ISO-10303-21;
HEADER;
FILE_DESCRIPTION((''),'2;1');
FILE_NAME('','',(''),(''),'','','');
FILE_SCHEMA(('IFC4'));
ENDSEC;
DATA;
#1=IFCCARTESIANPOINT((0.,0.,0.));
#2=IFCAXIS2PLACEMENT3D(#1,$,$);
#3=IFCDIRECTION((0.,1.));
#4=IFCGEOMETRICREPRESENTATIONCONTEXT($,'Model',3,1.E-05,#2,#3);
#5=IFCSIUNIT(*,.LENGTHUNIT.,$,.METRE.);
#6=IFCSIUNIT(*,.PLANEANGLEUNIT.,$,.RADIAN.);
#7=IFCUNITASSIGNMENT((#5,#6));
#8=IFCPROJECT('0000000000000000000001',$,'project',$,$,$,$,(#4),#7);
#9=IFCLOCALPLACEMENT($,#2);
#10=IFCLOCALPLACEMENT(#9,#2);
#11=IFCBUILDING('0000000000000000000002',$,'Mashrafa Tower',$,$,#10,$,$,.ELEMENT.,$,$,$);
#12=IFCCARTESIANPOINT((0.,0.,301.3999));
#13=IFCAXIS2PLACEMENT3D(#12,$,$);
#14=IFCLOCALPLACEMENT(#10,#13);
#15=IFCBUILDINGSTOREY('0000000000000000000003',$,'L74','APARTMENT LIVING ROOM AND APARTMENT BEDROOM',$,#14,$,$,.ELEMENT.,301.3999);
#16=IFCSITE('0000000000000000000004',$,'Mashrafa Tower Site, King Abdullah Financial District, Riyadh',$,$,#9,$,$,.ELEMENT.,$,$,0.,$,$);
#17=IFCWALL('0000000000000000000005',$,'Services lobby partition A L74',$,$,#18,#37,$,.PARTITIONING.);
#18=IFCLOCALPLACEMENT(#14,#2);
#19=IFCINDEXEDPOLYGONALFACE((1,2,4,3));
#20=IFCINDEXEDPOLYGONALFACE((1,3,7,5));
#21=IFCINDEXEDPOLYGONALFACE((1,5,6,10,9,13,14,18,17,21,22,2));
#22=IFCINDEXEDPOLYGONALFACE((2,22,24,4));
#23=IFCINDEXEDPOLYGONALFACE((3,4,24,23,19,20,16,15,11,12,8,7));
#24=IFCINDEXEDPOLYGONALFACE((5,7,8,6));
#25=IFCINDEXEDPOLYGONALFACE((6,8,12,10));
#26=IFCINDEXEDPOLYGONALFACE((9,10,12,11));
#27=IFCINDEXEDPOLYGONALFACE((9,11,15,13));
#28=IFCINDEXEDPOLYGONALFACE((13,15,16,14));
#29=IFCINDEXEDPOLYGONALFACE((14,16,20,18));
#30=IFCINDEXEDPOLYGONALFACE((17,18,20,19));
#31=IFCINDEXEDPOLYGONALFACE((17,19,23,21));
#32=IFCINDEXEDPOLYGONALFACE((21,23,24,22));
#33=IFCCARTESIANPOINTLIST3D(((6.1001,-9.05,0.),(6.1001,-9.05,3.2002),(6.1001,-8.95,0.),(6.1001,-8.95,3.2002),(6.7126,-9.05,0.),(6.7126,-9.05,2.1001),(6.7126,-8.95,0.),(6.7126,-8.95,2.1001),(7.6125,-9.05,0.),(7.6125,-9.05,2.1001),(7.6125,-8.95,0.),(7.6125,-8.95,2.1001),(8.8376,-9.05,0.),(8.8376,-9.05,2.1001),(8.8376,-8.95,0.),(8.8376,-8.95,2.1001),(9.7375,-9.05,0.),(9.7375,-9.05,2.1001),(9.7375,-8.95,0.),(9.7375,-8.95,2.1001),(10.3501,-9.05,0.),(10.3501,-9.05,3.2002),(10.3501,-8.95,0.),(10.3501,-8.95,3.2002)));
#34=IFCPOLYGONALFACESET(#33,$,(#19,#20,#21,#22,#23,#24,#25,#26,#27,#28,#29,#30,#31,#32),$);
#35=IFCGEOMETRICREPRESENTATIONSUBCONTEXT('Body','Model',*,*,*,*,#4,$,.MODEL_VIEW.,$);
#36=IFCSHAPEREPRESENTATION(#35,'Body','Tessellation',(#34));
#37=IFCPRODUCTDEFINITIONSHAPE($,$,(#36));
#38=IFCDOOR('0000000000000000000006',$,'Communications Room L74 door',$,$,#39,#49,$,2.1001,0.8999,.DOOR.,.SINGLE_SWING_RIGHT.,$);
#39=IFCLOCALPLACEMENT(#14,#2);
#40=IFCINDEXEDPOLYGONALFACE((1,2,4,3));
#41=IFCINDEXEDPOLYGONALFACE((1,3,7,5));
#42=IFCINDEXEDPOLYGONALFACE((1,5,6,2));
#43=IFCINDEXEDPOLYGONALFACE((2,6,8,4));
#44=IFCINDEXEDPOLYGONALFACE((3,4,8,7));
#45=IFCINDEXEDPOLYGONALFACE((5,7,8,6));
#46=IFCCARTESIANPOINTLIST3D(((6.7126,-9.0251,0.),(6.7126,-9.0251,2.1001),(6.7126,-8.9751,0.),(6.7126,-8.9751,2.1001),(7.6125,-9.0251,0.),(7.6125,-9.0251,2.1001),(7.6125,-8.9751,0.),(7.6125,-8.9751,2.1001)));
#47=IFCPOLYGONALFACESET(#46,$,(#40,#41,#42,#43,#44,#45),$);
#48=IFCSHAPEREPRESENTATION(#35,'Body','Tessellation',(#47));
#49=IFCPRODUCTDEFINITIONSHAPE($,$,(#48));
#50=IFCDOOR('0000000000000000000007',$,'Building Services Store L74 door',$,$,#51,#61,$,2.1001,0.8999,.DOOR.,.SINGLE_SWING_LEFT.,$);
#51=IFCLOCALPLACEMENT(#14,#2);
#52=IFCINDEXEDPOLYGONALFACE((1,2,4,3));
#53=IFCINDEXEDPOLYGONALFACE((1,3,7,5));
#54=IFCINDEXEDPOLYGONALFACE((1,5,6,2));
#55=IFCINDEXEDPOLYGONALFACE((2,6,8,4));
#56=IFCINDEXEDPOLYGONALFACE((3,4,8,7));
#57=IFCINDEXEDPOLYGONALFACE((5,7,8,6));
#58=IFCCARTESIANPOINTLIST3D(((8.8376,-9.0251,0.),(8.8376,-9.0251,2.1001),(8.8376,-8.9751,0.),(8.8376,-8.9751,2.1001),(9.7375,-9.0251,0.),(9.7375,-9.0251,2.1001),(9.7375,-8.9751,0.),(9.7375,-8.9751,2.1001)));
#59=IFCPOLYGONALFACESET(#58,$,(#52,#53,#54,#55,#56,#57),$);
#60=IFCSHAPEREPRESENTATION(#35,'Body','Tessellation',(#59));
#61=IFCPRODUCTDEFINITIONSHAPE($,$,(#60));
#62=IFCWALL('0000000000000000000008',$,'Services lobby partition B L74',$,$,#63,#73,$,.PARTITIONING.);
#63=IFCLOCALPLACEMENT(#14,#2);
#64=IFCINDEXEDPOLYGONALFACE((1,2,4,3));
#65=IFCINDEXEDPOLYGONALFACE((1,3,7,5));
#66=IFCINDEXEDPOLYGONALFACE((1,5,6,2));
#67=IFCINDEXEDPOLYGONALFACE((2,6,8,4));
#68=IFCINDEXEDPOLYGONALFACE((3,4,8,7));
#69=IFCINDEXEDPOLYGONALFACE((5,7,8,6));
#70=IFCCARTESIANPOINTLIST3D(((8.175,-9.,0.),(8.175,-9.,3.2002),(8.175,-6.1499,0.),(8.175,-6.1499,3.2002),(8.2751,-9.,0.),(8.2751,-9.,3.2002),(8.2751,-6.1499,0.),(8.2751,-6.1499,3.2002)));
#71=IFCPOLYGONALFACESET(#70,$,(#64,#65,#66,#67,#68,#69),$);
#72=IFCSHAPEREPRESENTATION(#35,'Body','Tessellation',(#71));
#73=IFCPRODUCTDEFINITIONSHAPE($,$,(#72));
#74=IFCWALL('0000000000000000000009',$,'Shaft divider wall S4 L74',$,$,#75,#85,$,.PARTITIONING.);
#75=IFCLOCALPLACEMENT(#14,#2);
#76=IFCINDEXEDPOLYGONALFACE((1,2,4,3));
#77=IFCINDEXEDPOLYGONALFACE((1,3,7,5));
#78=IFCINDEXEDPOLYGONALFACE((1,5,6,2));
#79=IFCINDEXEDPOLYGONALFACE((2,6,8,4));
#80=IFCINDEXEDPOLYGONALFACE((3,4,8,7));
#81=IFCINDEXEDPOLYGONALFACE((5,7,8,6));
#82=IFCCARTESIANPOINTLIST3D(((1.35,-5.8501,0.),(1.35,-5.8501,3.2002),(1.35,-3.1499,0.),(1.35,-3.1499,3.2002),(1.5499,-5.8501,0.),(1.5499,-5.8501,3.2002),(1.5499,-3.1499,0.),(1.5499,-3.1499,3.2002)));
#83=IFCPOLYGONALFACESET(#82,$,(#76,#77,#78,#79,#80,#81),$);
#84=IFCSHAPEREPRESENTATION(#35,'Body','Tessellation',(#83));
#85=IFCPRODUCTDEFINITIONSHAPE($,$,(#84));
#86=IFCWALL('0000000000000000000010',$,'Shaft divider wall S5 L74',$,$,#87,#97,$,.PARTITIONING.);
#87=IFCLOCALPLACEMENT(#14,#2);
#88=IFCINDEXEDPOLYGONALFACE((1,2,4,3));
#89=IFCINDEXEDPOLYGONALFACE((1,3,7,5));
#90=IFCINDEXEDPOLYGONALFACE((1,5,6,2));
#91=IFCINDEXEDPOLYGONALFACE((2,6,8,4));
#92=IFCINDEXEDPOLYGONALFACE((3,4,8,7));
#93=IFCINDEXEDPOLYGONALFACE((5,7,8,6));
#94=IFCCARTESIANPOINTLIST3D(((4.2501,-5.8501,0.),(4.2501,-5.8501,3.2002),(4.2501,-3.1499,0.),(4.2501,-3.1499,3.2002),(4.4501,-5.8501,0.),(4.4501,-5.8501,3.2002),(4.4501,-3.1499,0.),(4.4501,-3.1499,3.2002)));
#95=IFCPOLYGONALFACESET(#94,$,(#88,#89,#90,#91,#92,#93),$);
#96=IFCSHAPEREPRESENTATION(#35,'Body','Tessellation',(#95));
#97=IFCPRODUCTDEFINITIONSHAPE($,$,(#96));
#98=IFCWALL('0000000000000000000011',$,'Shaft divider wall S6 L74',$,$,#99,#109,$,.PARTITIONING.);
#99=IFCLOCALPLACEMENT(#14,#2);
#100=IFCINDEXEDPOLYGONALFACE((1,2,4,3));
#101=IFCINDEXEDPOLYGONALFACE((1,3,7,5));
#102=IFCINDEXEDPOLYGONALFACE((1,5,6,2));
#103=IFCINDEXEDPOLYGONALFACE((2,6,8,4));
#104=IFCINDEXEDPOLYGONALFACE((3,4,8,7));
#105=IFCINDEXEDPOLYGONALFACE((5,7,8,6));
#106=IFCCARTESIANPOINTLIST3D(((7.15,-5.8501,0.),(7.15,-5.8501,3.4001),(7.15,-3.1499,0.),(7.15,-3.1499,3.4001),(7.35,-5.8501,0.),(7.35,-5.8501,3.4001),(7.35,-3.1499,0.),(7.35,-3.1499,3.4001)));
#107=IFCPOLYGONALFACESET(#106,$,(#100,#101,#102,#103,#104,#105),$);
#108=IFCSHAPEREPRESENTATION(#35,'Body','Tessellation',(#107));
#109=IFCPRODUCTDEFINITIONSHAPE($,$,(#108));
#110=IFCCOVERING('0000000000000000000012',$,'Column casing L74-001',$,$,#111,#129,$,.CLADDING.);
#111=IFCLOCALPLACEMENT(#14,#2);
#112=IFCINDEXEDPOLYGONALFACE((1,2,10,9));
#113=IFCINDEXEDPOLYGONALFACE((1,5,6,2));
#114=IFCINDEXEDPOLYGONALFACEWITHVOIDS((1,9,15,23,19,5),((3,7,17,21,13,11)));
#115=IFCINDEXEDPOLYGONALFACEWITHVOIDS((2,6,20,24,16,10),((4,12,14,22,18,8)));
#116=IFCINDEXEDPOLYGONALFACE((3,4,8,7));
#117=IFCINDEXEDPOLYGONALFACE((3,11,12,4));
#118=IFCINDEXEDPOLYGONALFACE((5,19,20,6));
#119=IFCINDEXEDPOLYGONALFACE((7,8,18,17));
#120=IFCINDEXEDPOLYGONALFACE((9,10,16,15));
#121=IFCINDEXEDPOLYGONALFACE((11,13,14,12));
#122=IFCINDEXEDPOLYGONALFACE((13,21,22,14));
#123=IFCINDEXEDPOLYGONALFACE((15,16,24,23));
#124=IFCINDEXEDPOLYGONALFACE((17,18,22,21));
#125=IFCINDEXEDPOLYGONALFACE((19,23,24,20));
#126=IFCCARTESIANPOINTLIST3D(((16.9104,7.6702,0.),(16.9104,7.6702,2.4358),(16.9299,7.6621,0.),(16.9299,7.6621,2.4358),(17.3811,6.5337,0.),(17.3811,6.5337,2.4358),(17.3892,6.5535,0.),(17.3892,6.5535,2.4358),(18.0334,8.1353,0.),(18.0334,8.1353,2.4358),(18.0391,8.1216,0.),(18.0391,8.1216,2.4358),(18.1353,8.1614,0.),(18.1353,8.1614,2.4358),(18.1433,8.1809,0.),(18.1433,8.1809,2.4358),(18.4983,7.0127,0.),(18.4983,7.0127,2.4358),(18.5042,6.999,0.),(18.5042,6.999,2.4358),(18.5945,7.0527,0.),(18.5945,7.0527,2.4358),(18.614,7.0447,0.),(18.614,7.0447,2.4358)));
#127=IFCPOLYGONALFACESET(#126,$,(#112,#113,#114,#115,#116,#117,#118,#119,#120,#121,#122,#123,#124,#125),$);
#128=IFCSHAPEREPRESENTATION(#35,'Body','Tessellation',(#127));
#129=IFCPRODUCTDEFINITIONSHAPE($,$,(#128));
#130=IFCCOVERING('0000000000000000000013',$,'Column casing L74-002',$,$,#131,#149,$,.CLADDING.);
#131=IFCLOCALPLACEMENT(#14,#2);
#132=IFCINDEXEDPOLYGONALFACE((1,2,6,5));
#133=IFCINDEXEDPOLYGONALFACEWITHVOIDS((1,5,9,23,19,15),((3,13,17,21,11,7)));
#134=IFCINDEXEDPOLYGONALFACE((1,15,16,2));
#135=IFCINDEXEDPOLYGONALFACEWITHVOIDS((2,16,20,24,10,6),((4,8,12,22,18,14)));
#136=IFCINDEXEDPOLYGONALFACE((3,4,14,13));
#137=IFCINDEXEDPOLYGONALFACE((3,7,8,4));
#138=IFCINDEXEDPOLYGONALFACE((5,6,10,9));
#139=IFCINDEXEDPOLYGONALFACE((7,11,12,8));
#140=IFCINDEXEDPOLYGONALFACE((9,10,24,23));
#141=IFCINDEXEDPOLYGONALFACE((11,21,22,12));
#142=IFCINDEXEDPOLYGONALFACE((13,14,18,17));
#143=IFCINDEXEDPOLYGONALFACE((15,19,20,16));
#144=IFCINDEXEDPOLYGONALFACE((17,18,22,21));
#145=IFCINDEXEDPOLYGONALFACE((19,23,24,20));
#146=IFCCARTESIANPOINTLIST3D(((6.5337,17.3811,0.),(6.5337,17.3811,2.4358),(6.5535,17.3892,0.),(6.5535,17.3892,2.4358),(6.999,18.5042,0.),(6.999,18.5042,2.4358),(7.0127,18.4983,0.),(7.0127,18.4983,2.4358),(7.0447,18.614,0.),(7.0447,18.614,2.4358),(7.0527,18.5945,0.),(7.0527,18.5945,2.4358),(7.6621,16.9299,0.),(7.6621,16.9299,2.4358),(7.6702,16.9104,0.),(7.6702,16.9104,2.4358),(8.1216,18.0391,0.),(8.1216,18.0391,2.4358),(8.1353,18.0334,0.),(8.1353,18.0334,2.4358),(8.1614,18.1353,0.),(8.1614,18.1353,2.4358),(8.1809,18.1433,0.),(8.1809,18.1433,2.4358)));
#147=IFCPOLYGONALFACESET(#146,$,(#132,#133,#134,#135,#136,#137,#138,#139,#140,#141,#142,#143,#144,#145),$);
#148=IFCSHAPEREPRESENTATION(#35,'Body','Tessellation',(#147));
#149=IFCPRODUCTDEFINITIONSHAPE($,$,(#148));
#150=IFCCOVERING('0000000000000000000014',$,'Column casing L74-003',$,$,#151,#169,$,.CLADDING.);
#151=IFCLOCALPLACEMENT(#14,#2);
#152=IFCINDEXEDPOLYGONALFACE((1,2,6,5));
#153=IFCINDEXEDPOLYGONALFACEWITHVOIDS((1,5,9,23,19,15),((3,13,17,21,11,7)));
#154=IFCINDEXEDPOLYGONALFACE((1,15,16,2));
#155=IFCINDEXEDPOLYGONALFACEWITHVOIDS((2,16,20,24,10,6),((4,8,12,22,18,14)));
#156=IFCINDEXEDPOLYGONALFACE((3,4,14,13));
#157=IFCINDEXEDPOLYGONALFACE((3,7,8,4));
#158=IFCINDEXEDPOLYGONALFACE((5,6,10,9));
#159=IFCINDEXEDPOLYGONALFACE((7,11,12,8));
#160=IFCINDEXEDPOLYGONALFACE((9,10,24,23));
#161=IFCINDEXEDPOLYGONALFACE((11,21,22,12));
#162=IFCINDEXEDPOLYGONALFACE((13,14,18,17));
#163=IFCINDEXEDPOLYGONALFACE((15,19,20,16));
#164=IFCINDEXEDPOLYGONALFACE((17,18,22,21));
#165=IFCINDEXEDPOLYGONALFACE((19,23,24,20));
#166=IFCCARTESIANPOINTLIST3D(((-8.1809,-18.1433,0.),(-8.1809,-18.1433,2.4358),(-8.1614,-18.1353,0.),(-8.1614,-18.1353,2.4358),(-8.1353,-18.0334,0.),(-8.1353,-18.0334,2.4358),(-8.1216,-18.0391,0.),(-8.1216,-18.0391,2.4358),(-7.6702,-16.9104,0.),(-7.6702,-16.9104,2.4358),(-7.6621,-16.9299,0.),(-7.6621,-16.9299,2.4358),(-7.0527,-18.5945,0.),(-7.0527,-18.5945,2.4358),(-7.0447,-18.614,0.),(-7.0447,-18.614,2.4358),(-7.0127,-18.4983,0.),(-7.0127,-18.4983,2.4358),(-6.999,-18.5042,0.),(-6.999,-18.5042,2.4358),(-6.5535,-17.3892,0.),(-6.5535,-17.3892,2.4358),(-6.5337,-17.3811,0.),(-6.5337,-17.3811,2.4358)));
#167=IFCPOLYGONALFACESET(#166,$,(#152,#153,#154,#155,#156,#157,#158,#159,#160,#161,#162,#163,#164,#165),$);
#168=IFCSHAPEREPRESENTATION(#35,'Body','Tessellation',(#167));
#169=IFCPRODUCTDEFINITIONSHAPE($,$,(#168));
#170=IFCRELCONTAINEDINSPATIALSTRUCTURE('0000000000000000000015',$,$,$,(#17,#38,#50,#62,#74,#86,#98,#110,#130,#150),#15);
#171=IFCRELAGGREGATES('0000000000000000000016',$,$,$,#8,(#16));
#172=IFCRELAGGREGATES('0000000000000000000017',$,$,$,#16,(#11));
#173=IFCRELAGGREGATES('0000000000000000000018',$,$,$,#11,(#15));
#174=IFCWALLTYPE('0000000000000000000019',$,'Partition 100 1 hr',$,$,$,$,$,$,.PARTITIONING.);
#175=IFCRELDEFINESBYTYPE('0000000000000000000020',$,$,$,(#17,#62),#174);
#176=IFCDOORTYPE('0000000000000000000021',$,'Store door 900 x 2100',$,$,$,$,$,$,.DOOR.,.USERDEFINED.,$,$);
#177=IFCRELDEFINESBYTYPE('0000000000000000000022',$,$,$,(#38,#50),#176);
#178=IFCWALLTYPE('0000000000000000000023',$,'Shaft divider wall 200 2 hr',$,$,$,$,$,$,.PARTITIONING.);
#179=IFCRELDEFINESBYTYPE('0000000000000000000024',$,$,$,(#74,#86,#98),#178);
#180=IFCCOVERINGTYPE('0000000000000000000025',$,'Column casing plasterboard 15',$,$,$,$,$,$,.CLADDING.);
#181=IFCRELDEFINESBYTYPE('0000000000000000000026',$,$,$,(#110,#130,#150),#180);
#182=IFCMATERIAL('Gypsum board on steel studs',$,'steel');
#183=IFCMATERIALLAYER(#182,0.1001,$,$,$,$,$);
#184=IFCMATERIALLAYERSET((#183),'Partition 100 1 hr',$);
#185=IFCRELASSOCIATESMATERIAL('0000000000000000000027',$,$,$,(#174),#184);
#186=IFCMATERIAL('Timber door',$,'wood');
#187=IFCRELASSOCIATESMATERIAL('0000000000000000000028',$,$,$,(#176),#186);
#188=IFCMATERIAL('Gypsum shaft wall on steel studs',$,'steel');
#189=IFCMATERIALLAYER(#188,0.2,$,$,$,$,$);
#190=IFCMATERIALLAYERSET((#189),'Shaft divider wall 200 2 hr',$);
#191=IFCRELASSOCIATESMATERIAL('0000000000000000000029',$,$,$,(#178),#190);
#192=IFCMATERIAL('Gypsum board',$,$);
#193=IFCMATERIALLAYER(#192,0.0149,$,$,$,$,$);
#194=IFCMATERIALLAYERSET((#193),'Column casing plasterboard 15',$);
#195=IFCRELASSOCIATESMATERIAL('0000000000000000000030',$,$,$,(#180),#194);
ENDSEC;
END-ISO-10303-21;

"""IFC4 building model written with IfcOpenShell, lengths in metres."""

from ifc_helpers import new_model, si_unit, direction, frame, frame_2d, origin, place, context, subcontext, project, spatial, polyline, rectangle, outline, extrude, material, layer, layer_set, type_object, element, fill, save


model = new_model("IFC4")

# Units and contexts
model_context = context("Model", 3, precision=1e-05, world=origin(), true_north=direction((0.0, 1.0)))
body_context = subcontext(model_context, "Body", "Model", "MODEL_VIEW")
ifc_project = project(units=[si_unit("LENGTHUNIT", "METRE"), si_unit("PLANEANGLEUNIT", "RADIAN")], contexts=[model_context])

# Site, building, storey
site_placement = place(None, origin())
site = spatial("IfcSite", under=ifc_project, at=site_placement, Name="Mashrafa Tower Site, King Abdullah Financial District, Riyadh", CompositionType="ELEMENT", RefElevation=0.0)
building_placement = place(site_placement, origin())
building = spatial("IfcBuilding", under=site, at=building_placement, Name="Mashrafa Tower", CompositionType="ELEMENT")
storey_placement = place(building_placement, frame((0.0, 0.0, 301.3999)))
storey = spatial("IfcBuildingStorey", under=building, at=storey_placement, Name="L74", Description="APARTMENT LIVING ROOM AND APARTMENT BEDROOM", CompositionType="ELEMENT", Elevation=301.3999)

# Wall, openings, doors
ifc_material_1 = material(Name="Gypsum board on steel studs", Category="steel")
ifc_layer_1 = layer(ifc_material_1, 0.1001)
ifc_layer_set_1 = layer_set([ifc_layer_1], Name="Partition 100 1 hr")
wall_type_1 = type_object("IfcWallType", Name="Partition 100 1 hr", PredefinedType="PARTITIONING", material=ifc_layer_set_1)
wall_1_placement = place(storey_placement, frame((6.1001, -9.0, 0.0), z_axis=(0.0, 0.0, 1.0), x_axis=(1.0, 0.0, 0.0)))
wall_1 = element("IfcWall", 1, at=wall_1_placement, inside=storey, type_object=wall_type_1, Name="Services lobby partition A L74", PredefinedType="PARTITIONING", context=body_context, shape_type="SweptSolid", body=[
    extrude(rectangle(XDim=4.25, YDim=0.1001, at=frame_2d((2.125, 0.0))), origin(), (0.0, 0.0, 1.0), 3.2002),
])
opening_1_placement = place(wall_1_placement, frame((0.6125, 0.0, 0.0)))
opening_1 = element("IfcOpeningElement", 2, at=opening_1_placement, cuts=wall_1, PredefinedType="OPENING", context=body_context, shape_type="SweptSolid", body=[
    extrude(rectangle(XDim=0.8999, YDim=2.1001, at=frame_2d((0.45, 1.05))), frame((0.0, 0.0601, 0.0), z_axis=(0.0, -1.0, 0.0), x_axis=(1.0, 0.0, 0.0)), (0.0, 0.0, 1.0), 0.1201),
])
opening_2_placement = place(wall_1_placement, frame((2.7375, 0.0, 0.0)))
opening_2 = element("IfcOpeningElement", 3, at=opening_2_placement, cuts=wall_1, PredefinedType="OPENING", context=body_context, shape_type="SweptSolid", body=[
    extrude(rectangle(XDim=0.8999, YDim=2.1001, at=frame_2d((0.45, 1.05))), frame((0.0, 0.0601, 0.0), z_axis=(0.0, -1.0, 0.0), x_axis=(1.0, 0.0, 0.0)), (0.0, 0.0, 1.0), 0.1201),
])
ifc_material_2 = material(Name="Timber door", Category="wood")
door_type_1 = type_object("IfcDoorType", Name="Store door 900 x 2100", OperationType="USERDEFINED", PredefinedType="DOOR", material=ifc_material_2)
door_1_placement = place(opening_1_placement, origin())
door_1 = element("IfcDoor", 4, at=door_1_placement, inside=storey, type_object=door_type_1, Name="Communications Room L74 door", OperationType="SINGLE_SWING_RIGHT", OverallHeight=2.1001, OverallWidth=0.8999, PredefinedType="DOOR", context=body_context, shape_type="SweptSolid", body=[
    extrude(rectangle(XDim=0.8999, YDim=2.1001, at=frame_2d((0.45, 1.05))), frame((0.0, 0.0249, 0.0), z_axis=(0.0, -1.0, 0.0), x_axis=(1.0, 0.0, 0.0)), (0.0, 0.0, 1.0), 0.05),
])
fill(opening_1, door_1)
door_2_placement = place(opening_2_placement, origin())
door_2 = element("IfcDoor", 5, at=door_2_placement, inside=storey, type_object=door_type_1, Name="Building Services Store L74 door", OperationType="SINGLE_SWING_LEFT", OverallHeight=2.1001, OverallWidth=0.8999, PredefinedType="DOOR", context=body_context, shape_type="SweptSolid", body=[
    extrude(rectangle(XDim=0.8999, YDim=2.1001, at=frame_2d((0.45, 1.05))), frame((0.0, 0.0249, 0.0), z_axis=(0.0, -1.0, 0.0), x_axis=(1.0, 0.0, 0.0)), (0.0, 0.0, 1.0), 0.05),
])
fill(opening_2, door_2)

# Walls
wall_2_placement = place(storey_placement, frame((8.2251, -9.0, 0.0), z_axis=(0.0, 0.0, 1.0), x_axis=(0.0, 1.0, 0.0)))
element("IfcWall", 6, at=wall_2_placement, inside=storey, type_object=wall_type_1, Name="Services lobby partition B L74", PredefinedType="PARTITIONING", context=body_context, shape_type="SweptSolid", body=[
    extrude(rectangle(XDim=2.8501, YDim=0.1001, at=frame_2d((1.425, 0.0))), origin(), (0.0, 0.0, 1.0), 3.2002),
])
ifc_material_3 = material(Name="Gypsum shaft wall on steel studs", Category="steel")
ifc_layer_2 = layer(ifc_material_3, 0.2)
ifc_layer_set_2 = layer_set([ifc_layer_2], Name="Shaft divider wall 200 2 hr")
wall_type_2 = type_object("IfcWallType", Name="Shaft divider wall 200 2 hr", PredefinedType="PARTITIONING", material=ifc_layer_set_2)
for number, where, z_axis, x_axis, name in (
    (7, (1.45, -5.8501, 0.0), (0.0, 0.0, 1.0), (0.0, 1.0, 0.0), "Shaft divider wall S4 L74"),
    (8, (4.3501, -5.8501, 0.0), (0.0, 0.0, 1.0), (0.0, 1.0, 0.0), "Shaft divider wall S5 L74"),
):
    element("IfcWall", number, at=place(storey_placement, frame(where, z_axis=z_axis, x_axis=x_axis)), inside=storey, type_object=wall_type_2, Name=name, PredefinedType="PARTITIONING", context=body_context, shape_type="SweptSolid", body=[
        extrude(rectangle(XDim=2.7002, YDim=0.2, at=frame_2d((1.3501, 0.0))), origin(), (0.0, 0.0, 1.0), 3.2002),
    ])
wall_3_placement = place(storey_placement, frame((7.25, -5.8501, 0.0), z_axis=(0.0, 0.0, 1.0), x_axis=(0.0, 1.0, 0.0)))
element("IfcWall", 9, at=wall_3_placement, inside=storey, type_object=wall_type_2, Name="Shaft divider wall S6 L74", PredefinedType="PARTITIONING", context=body_context, shape_type="SweptSolid", body=[
    extrude(rectangle(XDim=2.7002, YDim=0.2, at=frame_2d((1.3501, 0.0))), origin(), (0.0, 0.0, 1.0), 3.4001),
])

# Coverings
ifc_material_4 = material(Name="Gypsum board")
ifc_layer_3 = layer(ifc_material_4, 0.0149)
ifc_layer_set_3 = layer_set([ifc_layer_3], Name="Column casing plasterboard 15")
covering_type = type_object("IfcCoveringType", Name="Column casing plasterboard 15", PredefinedType="CLADDING", material=ifc_layer_set_3)
covering_1_placement = place(storey_placement, origin())
element("IfcCovering", 10, at=covering_1_placement, inside=storey, type_object=covering_type, Name="Column casing L74-001", PredefinedType="CLADDING", context=body_context, shape_type="SweptSolid", body=[
    extrude(outline(polyline([(16.9104, 7.6702), (18.0334, 8.1353), (18.1433, 8.1809), (18.614, 7.0447), (18.5042, 6.999), (17.3811, 6.5337), (16.9104, 7.6702)]), holes=[polyline([(18.4983, 7.0127), (18.5945, 7.0527), (18.1353, 8.1614), (18.0391, 8.1216), (16.9299, 7.6621), (17.3892, 6.5535), (18.4983, 7.0127)])]), origin(), (0.0, 0.0, 1.0), 2.4358),
])
covering_2_placement = place(storey_placement, origin())
element("IfcCovering", 11, at=covering_2_placement, inside=storey, type_object=covering_type, Name="Column casing L74-002", PredefinedType="CLADDING", context=body_context, shape_type="SweptSolid", body=[
    extrude(outline(polyline([(6.5337, 17.3811), (6.999, 18.5042), (7.0447, 18.614), (8.1809, 18.1433), (8.1353, 18.0334), (7.6702, 16.9104), (6.5337, 17.3811)]), holes=[polyline([(8.1216, 18.0391), (8.1614, 18.1353), (7.0527, 18.5945), (7.0127, 18.4983), (6.5535, 17.3892), (7.6621, 16.9299), (8.1216, 18.0391)])]), origin(), (0.0, 0.0, 1.0), 2.4358),
])
covering_3_placement = place(storey_placement, origin())
element("IfcCovering", 12, at=covering_3_placement, inside=storey, type_object=covering_type, Name="Column casing L74-003", PredefinedType="CLADDING", context=body_context, shape_type="SweptSolid", body=[
    extrude(outline(polyline([(-8.1809, -18.1433), (-8.1353, -18.0334), (-7.6702, -16.9104), (-6.5337, -17.3811), (-6.999, -18.5042), (-7.0447, -18.614), (-8.1809, -18.1433)]), holes=[polyline([(-7.0127, -18.4983), (-6.5535, -17.3892), (-7.6621, -16.9299), (-8.1216, -18.0391), (-8.1614, -18.1353), (-7.0527, -18.5945), (-7.0127, -18.4983)])]), origin(), (0.0, 0.0, 1.0), 2.4358),
])

save(model, "model.ifc")
